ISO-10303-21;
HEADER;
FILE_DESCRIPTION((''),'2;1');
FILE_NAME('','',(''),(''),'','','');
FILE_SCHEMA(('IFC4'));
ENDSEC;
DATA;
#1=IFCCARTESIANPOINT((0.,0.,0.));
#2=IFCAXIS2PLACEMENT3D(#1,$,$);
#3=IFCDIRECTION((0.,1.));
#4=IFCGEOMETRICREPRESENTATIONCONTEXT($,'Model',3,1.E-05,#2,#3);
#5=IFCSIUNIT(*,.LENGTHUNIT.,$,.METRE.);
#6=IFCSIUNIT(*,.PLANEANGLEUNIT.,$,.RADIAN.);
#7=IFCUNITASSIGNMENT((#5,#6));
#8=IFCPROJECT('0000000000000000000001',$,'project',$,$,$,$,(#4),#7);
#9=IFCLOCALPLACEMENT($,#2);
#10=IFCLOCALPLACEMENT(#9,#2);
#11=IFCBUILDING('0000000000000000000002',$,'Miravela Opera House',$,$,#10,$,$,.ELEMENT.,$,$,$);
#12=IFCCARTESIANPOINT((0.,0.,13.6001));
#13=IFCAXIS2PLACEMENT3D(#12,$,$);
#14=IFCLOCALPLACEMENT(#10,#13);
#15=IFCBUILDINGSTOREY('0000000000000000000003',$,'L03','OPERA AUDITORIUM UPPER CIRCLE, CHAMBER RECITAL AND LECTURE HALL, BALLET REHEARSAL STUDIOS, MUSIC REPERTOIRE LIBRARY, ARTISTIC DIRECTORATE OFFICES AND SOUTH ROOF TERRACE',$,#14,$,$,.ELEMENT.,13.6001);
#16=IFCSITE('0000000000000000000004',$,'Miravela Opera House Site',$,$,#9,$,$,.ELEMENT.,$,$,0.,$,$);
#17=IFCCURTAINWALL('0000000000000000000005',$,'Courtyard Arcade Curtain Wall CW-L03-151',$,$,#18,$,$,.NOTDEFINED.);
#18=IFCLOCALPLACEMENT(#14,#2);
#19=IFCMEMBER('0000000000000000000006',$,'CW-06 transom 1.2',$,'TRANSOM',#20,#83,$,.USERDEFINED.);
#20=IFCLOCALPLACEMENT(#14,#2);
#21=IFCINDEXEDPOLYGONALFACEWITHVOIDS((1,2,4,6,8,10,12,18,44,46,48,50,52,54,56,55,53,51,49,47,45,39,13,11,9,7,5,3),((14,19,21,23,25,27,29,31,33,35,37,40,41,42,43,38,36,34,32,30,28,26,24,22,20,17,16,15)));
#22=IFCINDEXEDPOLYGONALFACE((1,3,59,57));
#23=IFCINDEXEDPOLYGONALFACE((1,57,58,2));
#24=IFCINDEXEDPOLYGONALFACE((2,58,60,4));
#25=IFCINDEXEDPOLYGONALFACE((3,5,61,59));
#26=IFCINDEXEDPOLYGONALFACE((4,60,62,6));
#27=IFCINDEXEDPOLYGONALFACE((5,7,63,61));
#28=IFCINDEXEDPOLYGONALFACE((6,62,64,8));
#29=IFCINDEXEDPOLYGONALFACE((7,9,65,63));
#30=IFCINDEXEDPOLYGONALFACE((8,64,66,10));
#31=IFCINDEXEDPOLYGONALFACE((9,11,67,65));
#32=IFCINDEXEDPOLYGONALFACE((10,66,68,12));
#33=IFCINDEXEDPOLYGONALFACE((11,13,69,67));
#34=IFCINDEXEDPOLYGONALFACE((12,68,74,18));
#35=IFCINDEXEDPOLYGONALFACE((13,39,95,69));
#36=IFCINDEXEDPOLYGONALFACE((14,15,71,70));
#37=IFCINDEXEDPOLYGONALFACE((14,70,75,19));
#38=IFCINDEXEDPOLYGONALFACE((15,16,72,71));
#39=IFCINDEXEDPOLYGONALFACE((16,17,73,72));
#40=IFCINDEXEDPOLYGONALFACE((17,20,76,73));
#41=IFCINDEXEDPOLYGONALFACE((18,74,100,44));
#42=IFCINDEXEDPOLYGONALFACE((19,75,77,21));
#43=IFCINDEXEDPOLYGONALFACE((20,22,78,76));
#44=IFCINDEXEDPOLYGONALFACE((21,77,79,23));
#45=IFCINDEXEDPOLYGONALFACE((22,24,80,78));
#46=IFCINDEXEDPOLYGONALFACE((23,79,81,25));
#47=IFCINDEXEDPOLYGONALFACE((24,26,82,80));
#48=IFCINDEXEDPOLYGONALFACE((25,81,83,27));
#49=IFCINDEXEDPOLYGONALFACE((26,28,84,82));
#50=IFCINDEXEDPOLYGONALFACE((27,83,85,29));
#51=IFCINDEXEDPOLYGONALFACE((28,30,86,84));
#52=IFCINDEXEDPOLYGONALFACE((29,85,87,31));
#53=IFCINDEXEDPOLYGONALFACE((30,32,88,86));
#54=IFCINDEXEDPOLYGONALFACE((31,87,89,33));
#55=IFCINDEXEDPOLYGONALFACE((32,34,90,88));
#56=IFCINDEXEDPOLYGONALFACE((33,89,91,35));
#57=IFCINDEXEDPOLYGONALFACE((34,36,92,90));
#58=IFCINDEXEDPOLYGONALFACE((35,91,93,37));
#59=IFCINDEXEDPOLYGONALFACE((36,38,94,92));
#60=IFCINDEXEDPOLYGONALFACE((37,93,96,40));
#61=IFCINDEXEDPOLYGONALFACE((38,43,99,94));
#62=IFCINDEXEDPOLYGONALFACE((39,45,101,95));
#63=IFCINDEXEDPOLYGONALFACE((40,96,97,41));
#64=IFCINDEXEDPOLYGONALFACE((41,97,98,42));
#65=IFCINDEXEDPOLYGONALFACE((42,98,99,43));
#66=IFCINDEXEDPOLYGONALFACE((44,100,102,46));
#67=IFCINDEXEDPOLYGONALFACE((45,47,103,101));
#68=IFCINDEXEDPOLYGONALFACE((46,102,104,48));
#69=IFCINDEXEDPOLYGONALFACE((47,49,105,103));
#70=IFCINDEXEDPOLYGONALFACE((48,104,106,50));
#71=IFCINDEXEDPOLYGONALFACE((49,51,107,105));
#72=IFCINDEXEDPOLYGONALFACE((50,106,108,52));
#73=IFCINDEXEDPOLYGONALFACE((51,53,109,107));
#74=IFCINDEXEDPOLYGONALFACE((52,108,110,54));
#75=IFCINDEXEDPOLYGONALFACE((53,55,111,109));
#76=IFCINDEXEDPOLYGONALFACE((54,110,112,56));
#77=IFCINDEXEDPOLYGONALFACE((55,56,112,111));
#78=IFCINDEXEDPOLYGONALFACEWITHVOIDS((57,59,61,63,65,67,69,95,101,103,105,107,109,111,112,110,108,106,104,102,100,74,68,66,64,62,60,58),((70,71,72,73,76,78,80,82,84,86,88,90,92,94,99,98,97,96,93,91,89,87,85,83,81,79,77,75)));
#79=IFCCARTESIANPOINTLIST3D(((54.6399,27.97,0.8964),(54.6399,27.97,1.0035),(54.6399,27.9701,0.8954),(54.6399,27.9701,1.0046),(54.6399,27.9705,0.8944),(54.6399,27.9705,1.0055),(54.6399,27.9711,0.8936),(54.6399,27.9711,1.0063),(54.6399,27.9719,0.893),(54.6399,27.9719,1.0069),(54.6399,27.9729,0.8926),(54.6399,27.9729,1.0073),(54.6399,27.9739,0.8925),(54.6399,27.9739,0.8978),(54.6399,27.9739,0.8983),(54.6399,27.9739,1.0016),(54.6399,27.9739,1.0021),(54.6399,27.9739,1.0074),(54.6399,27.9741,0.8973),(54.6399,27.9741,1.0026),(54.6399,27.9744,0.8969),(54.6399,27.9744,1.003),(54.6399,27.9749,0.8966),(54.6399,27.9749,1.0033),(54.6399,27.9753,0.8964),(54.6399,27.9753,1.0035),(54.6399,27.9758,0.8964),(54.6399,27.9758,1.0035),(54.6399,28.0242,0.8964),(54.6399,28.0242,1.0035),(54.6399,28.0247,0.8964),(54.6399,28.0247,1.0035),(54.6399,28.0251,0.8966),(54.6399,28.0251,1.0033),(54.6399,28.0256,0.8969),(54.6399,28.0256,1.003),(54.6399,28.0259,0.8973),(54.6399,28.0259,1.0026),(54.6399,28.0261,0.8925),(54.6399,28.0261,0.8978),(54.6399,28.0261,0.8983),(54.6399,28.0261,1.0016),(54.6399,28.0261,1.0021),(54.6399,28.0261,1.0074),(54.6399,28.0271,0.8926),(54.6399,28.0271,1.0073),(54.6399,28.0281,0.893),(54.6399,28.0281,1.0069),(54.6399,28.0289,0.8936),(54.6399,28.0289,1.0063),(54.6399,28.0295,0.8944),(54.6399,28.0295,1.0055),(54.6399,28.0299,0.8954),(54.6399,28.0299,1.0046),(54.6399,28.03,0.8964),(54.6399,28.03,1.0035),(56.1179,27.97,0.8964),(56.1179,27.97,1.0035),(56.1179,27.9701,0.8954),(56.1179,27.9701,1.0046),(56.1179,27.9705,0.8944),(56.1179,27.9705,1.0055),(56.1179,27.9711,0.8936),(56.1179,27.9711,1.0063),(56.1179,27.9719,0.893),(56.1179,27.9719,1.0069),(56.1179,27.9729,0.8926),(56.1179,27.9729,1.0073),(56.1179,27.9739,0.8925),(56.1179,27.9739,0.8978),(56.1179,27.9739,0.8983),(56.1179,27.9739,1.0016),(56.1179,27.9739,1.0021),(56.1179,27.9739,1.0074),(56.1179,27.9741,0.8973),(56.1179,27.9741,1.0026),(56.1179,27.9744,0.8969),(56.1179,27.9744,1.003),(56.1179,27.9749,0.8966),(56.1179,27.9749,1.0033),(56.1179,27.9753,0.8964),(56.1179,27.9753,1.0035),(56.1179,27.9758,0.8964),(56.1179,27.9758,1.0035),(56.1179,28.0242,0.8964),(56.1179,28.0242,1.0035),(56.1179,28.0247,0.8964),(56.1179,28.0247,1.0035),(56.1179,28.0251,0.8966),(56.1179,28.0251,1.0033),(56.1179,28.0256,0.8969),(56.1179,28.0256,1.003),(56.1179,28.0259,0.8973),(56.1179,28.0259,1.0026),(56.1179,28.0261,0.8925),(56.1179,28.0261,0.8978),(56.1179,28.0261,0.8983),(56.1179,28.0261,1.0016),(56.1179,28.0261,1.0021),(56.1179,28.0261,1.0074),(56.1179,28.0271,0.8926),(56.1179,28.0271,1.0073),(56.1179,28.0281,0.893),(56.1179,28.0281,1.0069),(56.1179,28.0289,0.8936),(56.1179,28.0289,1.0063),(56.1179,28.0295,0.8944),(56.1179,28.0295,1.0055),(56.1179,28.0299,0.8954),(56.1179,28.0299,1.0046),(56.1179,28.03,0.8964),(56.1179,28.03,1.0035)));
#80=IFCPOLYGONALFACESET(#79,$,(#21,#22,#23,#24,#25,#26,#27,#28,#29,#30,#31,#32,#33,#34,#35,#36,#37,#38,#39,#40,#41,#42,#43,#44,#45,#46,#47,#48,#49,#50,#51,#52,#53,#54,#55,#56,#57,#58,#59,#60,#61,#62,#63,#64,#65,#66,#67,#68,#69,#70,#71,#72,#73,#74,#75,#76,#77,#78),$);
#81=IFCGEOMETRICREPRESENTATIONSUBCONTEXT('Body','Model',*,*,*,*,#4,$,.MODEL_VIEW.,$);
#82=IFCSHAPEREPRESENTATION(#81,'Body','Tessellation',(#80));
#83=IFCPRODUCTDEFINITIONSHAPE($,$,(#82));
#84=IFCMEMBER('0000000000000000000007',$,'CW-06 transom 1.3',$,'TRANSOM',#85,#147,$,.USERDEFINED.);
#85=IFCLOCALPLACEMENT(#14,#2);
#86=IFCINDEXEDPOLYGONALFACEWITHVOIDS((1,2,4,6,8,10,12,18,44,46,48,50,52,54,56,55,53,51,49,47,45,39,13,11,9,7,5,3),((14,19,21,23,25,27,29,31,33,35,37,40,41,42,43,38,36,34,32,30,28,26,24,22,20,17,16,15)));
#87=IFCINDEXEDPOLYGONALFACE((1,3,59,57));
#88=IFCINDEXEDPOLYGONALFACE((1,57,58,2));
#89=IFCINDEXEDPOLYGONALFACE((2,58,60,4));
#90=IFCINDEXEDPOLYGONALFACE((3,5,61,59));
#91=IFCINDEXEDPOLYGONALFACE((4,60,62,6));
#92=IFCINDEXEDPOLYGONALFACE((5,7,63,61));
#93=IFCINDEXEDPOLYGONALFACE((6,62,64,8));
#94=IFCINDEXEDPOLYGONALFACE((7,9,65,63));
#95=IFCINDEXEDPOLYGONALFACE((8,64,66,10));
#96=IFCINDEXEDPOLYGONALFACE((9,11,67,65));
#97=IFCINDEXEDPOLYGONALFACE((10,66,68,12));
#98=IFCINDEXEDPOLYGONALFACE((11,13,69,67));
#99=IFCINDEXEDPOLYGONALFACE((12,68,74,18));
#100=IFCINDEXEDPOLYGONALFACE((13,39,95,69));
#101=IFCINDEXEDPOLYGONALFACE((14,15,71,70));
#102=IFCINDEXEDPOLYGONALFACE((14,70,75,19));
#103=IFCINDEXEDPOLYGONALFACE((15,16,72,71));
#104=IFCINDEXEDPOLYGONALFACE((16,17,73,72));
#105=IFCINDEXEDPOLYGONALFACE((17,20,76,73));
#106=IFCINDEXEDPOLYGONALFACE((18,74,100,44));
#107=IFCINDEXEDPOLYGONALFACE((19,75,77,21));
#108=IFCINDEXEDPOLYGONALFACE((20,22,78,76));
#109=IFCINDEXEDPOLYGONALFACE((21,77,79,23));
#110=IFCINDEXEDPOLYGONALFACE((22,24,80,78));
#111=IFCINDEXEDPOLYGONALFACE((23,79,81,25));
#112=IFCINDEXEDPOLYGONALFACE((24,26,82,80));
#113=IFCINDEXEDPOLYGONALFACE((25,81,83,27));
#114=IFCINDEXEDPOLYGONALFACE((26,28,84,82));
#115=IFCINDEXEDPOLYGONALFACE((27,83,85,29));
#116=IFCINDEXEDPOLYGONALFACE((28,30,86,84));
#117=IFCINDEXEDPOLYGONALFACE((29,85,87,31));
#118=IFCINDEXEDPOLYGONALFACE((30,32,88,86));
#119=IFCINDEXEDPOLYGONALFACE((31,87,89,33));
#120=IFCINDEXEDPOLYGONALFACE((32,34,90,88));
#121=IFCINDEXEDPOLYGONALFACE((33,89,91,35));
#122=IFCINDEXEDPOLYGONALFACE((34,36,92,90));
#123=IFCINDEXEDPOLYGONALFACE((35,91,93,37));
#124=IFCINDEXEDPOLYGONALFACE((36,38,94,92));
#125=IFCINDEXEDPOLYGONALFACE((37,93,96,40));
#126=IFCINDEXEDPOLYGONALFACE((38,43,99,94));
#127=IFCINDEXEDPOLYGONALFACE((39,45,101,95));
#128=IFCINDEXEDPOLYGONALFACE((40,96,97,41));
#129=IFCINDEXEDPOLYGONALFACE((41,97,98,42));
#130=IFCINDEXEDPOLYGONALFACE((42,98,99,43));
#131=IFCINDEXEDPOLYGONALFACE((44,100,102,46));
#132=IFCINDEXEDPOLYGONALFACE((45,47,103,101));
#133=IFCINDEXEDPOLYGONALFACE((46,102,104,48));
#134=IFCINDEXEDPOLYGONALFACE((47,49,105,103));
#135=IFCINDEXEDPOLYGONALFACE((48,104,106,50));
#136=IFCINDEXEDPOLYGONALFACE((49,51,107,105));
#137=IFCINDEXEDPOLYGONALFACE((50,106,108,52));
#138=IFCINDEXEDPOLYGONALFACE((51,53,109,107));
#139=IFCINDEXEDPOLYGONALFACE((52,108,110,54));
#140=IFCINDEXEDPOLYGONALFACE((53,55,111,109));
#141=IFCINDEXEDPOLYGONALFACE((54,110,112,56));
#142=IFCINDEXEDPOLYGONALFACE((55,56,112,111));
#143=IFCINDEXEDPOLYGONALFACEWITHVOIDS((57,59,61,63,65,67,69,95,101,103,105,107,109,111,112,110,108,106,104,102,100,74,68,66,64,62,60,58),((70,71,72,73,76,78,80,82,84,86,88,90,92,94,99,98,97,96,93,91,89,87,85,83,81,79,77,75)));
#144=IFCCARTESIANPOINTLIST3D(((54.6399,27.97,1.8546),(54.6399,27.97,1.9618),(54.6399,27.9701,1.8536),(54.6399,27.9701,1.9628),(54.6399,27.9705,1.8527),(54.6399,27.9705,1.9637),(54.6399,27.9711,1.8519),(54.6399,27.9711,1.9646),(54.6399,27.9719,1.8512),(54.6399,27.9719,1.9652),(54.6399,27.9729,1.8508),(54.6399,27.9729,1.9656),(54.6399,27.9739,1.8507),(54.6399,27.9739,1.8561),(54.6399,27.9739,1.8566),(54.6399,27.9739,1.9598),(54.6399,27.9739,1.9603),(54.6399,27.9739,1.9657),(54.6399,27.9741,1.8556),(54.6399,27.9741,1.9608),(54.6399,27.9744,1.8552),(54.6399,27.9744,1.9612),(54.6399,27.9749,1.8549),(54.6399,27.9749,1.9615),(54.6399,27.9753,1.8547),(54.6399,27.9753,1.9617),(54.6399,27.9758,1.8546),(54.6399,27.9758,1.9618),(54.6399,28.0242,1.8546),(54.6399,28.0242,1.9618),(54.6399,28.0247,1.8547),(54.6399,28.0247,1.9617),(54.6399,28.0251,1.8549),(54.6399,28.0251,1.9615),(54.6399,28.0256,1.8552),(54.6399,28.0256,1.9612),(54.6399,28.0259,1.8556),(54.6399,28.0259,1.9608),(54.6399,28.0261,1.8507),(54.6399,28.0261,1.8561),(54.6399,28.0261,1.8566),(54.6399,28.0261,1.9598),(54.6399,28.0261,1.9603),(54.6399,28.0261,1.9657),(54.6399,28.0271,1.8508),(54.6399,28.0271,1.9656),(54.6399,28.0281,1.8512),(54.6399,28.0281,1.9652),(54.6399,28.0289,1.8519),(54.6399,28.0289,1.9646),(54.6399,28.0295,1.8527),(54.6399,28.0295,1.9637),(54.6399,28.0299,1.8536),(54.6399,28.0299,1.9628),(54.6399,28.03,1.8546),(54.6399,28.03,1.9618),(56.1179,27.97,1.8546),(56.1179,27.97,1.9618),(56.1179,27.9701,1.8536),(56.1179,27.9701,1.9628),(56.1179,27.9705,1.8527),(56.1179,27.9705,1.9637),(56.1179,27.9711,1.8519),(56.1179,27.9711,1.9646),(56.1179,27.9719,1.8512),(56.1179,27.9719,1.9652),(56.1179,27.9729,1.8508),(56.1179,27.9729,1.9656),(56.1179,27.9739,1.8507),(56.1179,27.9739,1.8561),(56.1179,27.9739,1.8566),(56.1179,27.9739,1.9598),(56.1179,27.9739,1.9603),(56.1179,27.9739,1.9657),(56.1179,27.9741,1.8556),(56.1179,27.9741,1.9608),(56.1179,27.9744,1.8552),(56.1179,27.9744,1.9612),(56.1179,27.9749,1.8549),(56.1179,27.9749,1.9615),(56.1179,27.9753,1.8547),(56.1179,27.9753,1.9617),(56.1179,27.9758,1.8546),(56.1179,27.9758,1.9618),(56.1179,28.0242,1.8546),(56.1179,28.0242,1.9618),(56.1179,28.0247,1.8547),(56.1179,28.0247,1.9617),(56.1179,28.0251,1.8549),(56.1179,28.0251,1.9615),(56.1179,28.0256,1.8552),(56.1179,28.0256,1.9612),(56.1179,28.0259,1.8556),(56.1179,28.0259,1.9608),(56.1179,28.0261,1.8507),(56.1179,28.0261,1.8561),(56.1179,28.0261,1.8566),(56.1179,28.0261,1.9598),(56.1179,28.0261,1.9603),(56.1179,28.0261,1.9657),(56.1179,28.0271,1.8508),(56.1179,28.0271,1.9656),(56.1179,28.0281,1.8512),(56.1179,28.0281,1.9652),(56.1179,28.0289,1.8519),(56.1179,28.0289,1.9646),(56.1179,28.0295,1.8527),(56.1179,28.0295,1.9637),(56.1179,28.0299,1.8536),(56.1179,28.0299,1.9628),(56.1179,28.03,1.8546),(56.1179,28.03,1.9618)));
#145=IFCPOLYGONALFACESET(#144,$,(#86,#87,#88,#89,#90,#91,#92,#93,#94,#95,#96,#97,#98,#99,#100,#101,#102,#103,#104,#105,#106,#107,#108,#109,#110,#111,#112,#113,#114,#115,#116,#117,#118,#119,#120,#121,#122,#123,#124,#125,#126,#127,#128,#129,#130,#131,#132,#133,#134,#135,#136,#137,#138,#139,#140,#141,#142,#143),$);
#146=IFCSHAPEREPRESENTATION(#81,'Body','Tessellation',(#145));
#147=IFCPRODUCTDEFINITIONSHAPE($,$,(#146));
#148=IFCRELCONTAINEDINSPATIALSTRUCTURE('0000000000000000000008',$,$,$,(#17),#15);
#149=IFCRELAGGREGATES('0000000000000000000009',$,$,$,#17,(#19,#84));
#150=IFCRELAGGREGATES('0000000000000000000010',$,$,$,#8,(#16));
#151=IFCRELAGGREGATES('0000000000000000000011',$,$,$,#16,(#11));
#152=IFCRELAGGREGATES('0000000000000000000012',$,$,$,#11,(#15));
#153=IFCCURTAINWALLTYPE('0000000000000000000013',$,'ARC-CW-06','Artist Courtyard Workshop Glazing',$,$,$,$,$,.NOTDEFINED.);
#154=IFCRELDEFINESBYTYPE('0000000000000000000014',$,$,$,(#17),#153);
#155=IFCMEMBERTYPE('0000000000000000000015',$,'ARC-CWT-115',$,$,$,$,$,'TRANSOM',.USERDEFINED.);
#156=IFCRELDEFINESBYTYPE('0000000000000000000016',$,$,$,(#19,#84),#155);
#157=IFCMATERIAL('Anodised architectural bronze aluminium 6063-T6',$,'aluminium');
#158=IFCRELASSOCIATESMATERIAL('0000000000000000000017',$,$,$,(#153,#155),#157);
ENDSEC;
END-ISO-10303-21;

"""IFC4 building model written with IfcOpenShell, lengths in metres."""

from ifc_helpers import new_model, si_unit, direction, frame, origin, origin_2d, place, context, subcontext, project, spatial, hollow_rectangle, extrude, material, material_profile, profile_set, type_object, element, aggregate, save


model = new_model("IFC4")

# Units and contexts
model_context = context("Model", 3, precision=1e-05, world=origin(), true_north=direction((0.0, 1.0)))
body_context = subcontext(model_context, "Body", "Model", "MODEL_VIEW")
ifc_project = project(units=[si_unit("LENGTHUNIT", "METRE"), si_unit("PLANEANGLEUNIT", "RADIAN")], contexts=[model_context])

# Site, building, storey
site_placement = place(None, origin())
site = spatial("IfcSite", under=ifc_project, at=site_placement, Name="Miravela Opera House Site", CompositionType="ELEMENT", RefElevation=0.0)
building_placement = place(site_placement, origin())
building = spatial("IfcBuilding", under=site, at=building_placement, Name="Miravela Opera House", CompositionType="ELEMENT")
storey_placement = place(building_placement, frame((0.0, 0.0, 13.6001)))
storey = spatial("IfcBuildingStorey", under=building, at=storey_placement, Name="L03", Description="OPERA AUDITORIUM UPPER CIRCLE, CHAMBER RECITAL AND LECTURE HALL, BALLET REHEARSAL STUDIOS, MUSIC REPERTOIRE LIBRARY, ARTISTIC DIRECTORATE OFFICES AND SOUTH ROOF TERRACE", CompositionType="ELEMENT", Elevation=13.6001)

# Shared definitions
ifc_material_1 = material(Name="Anodised architectural bronze aluminium 6063-T6", Category="aluminium")
curtain_wall_type = type_object("IfcCurtainWallType", Name="ARC-CW-06", Description="Artist Courtyard Workshop Glazing", PredefinedType="NOTDEFINED", material=ifc_material_1)

# Curtain wall
curtain_wall_1_placement = place(storey_placement, origin())
curtain_wall_1 = element("IfcCurtainWall", 1, at=curtain_wall_1_placement, inside=storey, type_object=curtain_wall_type, Name="Courtyard Arcade Curtain Wall CW-L03-151", PredefinedType="NOTDEFINED")

# Members
ifc_material_profile_1 = material_profile(ifc_material_1, hollow_rectangle(XDim=0.0601, YDim=0.115, WallThickness=0.0039, InnerFilletRadius=0.002, OuterFilletRadius=0.0039, at=origin_2d()), Name="CWT-60X115")
ifc_profile_set_1 = profile_set([ifc_material_profile_1])
member_type_1 = type_object("IfcMemberType", Name="ARC-CWT-115", ElementType="TRANSOM", PredefinedType="USERDEFINED", material=ifc_profile_set_1)
member_1_placement = place(storey_placement, frame((54.6399, 28.0, 0.95), z_axis=(1.0, 0.0, 0.0), x_axis=(0.0, 1.0, 0.0)))
member_1 = element("IfcMember", 2, at=member_1_placement, type_object=member_type_1, Name="CW-06 transom 1.2", ObjectType="TRANSOM", PredefinedType="USERDEFINED", context=body_context, shape_type="SweptSolid", body=[
    extrude(hollow_rectangle(XDim=0.0601, YDim=0.115, WallThickness=0.0039, InnerFilletRadius=0.002, OuterFilletRadius=0.0039, at=origin_2d()), origin(), (0.0, 0.0, 1.0), 1.478),
])
member_2_placement = place(storey_placement, frame((54.6399, 28.0, 1.9082), z_axis=(1.0, 0.0, 0.0), x_axis=(0.0, 1.0, 0.0)))
member_2 = element("IfcMember", 3, at=member_2_placement, type_object=member_type_1, Name="CW-06 transom 1.3", ObjectType="TRANSOM", PredefinedType="USERDEFINED", context=body_context, shape_type="SweptSolid", body=[
    extrude(hollow_rectangle(XDim=0.0601, YDim=0.115, WallThickness=0.0039, InnerFilletRadius=0.002, OuterFilletRadius=0.0039, at=origin_2d()), origin(), (0.0, 0.0, 1.0), 1.478),
])

aggregate(curtain_wall_1, [member_1, member_2])

save(model, "model.ifc")
